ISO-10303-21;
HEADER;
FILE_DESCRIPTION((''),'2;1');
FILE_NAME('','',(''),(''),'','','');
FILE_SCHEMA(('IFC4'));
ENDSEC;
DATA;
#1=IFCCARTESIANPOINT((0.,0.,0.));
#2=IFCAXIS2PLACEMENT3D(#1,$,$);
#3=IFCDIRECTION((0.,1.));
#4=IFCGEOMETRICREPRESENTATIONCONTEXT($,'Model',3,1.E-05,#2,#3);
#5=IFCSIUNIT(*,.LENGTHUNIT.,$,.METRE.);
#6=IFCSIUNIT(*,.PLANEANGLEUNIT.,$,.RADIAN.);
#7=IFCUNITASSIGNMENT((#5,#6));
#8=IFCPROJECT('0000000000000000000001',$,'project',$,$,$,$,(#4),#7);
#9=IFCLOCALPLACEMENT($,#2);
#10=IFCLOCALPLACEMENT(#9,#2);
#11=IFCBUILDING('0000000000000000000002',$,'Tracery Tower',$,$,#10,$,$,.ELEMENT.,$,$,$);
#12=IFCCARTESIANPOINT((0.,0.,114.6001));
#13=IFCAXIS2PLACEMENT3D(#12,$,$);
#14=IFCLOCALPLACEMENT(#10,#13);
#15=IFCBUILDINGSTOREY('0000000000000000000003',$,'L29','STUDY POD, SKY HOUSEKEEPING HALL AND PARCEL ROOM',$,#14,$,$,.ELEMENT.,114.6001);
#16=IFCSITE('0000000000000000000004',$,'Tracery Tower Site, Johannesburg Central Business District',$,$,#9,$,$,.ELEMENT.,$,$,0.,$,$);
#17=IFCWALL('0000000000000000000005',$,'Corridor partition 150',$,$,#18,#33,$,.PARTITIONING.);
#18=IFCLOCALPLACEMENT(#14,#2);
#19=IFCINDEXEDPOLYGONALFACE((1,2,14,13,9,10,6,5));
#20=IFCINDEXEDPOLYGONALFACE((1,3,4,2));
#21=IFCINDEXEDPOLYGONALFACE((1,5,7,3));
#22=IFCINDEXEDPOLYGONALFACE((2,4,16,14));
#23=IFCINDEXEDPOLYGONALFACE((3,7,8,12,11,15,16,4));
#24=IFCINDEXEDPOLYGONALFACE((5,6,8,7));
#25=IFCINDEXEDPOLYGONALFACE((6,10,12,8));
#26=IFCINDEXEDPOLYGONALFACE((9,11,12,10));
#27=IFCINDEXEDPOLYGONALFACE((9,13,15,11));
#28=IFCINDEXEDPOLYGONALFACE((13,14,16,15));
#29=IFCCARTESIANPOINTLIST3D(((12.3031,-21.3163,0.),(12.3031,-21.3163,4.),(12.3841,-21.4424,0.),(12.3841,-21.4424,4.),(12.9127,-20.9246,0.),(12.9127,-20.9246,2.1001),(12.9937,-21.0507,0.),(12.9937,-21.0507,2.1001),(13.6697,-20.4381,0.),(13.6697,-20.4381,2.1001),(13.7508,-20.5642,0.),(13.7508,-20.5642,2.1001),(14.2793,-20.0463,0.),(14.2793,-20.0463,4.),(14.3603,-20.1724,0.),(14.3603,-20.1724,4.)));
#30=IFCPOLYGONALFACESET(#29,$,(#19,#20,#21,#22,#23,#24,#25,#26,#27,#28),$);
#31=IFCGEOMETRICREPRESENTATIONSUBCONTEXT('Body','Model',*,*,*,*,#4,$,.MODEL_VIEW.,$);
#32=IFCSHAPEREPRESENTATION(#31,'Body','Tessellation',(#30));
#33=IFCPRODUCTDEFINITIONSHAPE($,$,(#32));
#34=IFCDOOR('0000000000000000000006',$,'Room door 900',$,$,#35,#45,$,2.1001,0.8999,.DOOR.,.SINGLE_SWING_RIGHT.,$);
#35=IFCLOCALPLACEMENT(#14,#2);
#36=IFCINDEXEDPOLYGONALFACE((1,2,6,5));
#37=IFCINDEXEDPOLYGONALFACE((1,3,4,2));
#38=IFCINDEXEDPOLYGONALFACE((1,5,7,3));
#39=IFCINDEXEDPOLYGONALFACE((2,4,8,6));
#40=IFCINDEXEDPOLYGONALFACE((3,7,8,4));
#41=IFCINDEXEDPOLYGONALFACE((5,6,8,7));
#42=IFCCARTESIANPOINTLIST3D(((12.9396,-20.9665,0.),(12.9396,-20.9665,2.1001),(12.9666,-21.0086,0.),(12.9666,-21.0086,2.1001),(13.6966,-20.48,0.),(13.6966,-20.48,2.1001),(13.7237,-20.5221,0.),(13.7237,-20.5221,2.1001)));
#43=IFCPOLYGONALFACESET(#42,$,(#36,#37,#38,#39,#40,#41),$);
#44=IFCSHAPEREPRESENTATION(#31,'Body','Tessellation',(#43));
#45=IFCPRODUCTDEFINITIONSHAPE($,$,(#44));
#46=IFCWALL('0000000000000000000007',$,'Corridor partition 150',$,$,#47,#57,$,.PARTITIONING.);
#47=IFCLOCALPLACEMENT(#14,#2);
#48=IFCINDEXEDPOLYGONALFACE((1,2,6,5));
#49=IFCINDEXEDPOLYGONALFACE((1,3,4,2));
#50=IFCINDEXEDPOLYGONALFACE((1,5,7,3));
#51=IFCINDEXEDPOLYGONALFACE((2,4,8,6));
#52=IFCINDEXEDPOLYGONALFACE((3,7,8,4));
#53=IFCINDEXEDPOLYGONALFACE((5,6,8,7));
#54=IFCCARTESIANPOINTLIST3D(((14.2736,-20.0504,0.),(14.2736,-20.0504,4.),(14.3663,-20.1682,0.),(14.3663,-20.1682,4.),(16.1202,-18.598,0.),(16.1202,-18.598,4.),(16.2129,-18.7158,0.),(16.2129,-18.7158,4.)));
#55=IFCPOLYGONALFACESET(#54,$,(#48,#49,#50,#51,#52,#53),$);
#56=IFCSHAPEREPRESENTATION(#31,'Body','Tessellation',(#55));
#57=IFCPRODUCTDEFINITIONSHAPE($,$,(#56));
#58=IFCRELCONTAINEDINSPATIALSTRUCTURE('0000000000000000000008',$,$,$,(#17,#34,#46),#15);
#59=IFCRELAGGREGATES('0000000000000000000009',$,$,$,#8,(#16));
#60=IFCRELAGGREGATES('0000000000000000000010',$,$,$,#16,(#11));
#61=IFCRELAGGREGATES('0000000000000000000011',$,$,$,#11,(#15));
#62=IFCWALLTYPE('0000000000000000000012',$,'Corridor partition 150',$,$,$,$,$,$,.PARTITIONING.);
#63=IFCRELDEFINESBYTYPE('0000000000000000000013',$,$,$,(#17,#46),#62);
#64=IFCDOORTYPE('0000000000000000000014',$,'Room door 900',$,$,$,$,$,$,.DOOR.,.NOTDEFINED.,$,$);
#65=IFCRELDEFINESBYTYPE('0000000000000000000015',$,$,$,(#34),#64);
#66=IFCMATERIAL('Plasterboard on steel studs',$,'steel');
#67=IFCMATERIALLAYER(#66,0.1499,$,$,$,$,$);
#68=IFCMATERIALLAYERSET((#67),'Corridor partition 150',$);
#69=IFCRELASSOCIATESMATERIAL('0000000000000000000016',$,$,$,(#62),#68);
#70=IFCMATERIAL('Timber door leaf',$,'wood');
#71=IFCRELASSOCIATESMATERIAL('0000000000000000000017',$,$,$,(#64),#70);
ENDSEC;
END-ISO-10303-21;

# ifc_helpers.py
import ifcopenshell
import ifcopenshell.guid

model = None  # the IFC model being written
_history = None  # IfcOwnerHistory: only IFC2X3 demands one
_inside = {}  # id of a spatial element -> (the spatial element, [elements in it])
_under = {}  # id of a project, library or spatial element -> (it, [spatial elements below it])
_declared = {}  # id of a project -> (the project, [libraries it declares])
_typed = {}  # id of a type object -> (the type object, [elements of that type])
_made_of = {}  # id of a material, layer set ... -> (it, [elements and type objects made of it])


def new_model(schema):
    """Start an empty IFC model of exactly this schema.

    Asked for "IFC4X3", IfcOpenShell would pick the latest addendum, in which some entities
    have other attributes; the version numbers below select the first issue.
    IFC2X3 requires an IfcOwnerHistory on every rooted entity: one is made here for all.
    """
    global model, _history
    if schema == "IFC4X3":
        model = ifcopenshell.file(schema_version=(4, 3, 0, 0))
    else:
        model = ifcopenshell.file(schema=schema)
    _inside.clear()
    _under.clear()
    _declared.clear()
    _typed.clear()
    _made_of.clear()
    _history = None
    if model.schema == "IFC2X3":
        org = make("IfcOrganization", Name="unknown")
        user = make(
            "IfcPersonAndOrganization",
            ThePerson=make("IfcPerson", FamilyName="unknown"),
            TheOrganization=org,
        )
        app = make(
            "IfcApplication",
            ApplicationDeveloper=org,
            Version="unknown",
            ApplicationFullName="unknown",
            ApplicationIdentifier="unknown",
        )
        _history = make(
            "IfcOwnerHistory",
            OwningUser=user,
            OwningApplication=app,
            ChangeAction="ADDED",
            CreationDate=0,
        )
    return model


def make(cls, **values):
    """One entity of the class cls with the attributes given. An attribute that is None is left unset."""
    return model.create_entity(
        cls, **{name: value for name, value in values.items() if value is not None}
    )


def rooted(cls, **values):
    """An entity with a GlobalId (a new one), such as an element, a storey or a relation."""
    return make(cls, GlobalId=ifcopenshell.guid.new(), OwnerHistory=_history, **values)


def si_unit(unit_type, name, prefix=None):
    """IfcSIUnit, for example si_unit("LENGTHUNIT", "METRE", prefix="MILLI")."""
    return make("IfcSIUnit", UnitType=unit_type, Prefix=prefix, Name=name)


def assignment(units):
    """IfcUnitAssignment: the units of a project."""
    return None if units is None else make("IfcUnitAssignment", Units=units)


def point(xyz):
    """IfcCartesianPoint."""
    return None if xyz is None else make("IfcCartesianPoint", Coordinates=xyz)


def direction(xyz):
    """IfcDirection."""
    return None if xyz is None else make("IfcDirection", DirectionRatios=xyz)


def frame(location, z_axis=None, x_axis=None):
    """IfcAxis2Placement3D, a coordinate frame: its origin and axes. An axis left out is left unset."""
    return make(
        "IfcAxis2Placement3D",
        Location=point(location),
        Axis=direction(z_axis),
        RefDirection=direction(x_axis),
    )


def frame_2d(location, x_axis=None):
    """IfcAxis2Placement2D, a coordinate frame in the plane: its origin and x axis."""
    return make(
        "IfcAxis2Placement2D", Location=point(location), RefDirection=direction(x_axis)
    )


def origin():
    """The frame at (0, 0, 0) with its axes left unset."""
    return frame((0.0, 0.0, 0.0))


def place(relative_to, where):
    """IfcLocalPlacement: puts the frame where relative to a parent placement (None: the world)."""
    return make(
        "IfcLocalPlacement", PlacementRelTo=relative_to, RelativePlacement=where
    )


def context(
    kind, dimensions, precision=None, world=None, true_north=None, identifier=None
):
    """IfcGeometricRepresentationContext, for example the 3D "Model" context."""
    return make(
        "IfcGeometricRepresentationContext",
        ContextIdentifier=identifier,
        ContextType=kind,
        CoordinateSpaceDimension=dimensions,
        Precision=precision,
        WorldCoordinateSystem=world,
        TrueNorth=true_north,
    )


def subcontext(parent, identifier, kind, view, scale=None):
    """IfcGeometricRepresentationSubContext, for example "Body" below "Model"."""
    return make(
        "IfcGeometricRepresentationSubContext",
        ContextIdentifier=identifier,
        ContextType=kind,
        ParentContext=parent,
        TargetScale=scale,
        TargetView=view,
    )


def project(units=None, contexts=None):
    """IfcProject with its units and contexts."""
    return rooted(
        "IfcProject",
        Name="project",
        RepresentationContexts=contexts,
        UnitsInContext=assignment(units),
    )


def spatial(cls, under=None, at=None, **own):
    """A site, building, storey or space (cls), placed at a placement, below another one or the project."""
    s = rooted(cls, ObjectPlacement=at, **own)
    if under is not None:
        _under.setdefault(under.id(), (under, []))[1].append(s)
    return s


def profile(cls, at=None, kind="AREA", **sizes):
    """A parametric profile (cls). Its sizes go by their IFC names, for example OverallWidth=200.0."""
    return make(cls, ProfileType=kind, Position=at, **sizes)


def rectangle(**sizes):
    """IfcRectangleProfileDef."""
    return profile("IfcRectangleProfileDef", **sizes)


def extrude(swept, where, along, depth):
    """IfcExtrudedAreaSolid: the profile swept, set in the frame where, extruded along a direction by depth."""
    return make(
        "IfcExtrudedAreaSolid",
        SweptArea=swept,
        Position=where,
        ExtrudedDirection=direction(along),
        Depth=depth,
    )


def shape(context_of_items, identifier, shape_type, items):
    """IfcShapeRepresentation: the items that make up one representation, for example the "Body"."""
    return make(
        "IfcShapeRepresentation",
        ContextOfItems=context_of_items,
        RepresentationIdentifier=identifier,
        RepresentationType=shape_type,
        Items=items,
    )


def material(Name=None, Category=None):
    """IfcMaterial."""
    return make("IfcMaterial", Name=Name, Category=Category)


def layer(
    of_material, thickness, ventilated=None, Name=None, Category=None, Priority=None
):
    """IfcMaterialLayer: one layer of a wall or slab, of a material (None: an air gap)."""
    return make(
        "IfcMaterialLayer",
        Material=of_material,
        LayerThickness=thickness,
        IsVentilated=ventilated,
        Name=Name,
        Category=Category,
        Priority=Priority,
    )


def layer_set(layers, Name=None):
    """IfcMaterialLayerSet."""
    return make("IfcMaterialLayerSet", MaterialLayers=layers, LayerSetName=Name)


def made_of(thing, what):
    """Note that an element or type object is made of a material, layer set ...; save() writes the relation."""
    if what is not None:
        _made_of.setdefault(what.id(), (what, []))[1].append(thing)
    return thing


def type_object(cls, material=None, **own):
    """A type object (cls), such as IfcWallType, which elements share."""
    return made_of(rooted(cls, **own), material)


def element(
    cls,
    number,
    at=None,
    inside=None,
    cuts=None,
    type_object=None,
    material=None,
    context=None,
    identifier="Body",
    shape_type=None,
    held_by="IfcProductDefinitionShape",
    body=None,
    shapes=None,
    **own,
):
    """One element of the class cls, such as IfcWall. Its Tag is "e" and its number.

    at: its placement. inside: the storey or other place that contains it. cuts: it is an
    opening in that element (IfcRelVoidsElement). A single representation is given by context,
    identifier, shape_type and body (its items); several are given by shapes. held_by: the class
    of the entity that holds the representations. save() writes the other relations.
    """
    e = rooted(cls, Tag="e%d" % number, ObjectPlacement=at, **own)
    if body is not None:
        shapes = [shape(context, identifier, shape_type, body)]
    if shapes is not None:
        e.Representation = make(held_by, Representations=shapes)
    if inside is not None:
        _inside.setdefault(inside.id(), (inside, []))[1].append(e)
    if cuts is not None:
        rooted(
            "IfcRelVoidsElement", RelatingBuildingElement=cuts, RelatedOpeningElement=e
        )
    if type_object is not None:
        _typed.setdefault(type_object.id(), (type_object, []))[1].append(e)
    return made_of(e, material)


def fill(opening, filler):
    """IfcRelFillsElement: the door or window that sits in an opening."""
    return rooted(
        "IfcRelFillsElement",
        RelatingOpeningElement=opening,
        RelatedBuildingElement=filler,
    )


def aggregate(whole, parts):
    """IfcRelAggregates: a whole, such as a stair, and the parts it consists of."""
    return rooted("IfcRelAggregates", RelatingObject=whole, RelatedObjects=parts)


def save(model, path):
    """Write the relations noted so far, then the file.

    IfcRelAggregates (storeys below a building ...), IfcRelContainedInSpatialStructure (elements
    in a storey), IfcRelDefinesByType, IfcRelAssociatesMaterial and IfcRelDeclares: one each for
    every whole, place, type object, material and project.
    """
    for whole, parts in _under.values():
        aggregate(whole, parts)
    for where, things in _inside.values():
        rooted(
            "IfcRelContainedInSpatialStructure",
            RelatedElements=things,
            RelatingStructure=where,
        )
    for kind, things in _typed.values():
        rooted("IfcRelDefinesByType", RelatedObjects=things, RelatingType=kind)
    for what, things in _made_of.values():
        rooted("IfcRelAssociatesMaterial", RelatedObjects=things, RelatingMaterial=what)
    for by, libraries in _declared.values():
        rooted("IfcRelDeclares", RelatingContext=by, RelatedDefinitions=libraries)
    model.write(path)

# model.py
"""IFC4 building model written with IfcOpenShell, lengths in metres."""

from ifc_helpers import new_model, si_unit, direction, frame, frame_2d, origin, place, context, subcontext, project, spatial, rectangle, extrude, material, layer, layer_set, type_object, element, fill, save


model = new_model("IFC4")

# Units and contexts
model_context = context("Model", 3, precision=1e-05, world=origin(), true_north=direction((0.0, 1.0)))
body_context = subcontext(model_context, "Body", "Model", "MODEL_VIEW")
ifc_project = project(units=[si_unit("LENGTHUNIT", "METRE"), si_unit("PLANEANGLEUNIT", "RADIAN")], contexts=[model_context])

# Site, building, storey
site_placement = place(None, origin())
site = spatial("IfcSite", under=ifc_project, at=site_placement, Name="Tracery Tower Site, Johannesburg Central Business District", CompositionType="ELEMENT", RefElevation=0.0)
building_placement = place(site_placement, origin())
building = spatial("IfcBuilding", under=site, at=building_placement, Name="Tracery Tower", CompositionType="ELEMENT")
storey_placement = place(building_placement, frame((0.0, 0.0, 114.6001)))
storey = spatial("IfcBuildingStorey", under=building, at=storey_placement, Name="L29", Description="STUDY POD, SKY HOUSEKEEPING HALL AND PARCEL ROOM", CompositionType="ELEMENT", Elevation=114.6001)

# Shared definitions
ifc_material_1 = material(Name="Plasterboard on steel studs", Category="steel")
ifc_layer_1 = layer(ifc_material_1, 0.1499)
ifc_layer_set_1 = layer_set([ifc_layer_1], Name="Corridor partition 150")
wall_type = type_object("IfcWallType", Name="Corridor partition 150", PredefinedType="PARTITIONING", material=ifc_layer_set_1)
ifc_material_2 = material(Name="Timber door leaf", Category="wood")
door_type = type_object("IfcDoorType", Name="Room door 900", OperationType="NOTDEFINED", PredefinedType="DOOR", material=ifc_material_2)

# Wall, opening, door
wall_1_placement = place(storey_placement, frame((14.3198, -20.1094, 0.0), z_axis=(0.0, 0.0, 1.0), x_axis=(-0.84127, -0.540616, 0.0)))
wall_1 = element("IfcWall", 1, at=wall_1_placement, inside=storey, type_object=wall_type, Name="Corridor partition 150", PredefinedType="PARTITIONING", context=body_context, shape_type="SweptSolid", body=[
    extrude(rectangle(XDim=2.3491, YDim=0.1499, at=frame_2d((1.1746, 0.0))), origin(), (0.0, 0.0, 1.0), 4.0),
])
opening_1_placement = place(wall_1_placement, frame((0.7246, 0.0, 0.0)))
opening_1 = element("IfcOpeningElement", 2, at=opening_1_placement, cuts=wall_1, PredefinedType="OPENING", context=body_context, shape_type="SweptSolid", body=[
    extrude(rectangle(XDim=0.8999, YDim=2.1001, at=frame_2d((0.45, 1.05))), frame((0.0, 0.075, 0.0), z_axis=(0.0, -1.0, 0.0), x_axis=(1.0, 0.0, 0.0)), (0.0, 0.0, 1.0), 0.1499),
])
door_1_placement = place(opening_1_placement, origin())
door_1 = element("IfcDoor", 3, at=door_1_placement, inside=storey, type_object=door_type, Name="Room door 900", OperationType="SINGLE_SWING_RIGHT", OverallHeight=2.1001, OverallWidth=0.8999, PredefinedType="DOOR", context=body_context, shape_type="SweptSolid", body=[
    extrude(rectangle(XDim=0.8999, YDim=2.1001, at=frame_2d((0.45, 1.05))), frame((0.0, 0.0249, 0.0), z_axis=(0.0, -1.0, 0.0), x_axis=(1.0, 0.0, 0.0)), (0.0, 0.0, 1.0), 0.05),
])
fill(opening_1, door_1)

# Wall
wall_2_placement = place(storey_placement, frame((14.3198, -20.1094, 0.0), z_axis=(0.0, 0.0, 1.0), x_axis=(0.786023, 0.618198, 0.0)))
element("IfcWall", 4, at=wall_2_placement, inside=storey, type_object=wall_type, Name="Corridor partition 150", PredefinedType="PARTITIONING", context=body_context, shape_type="SweptSolid", body=[
    extrude(rectangle(XDim=2.3494, YDim=0.1499, at=frame_2d((1.1748, 0.0))), origin(), (0.0, 0.0, 1.0), 4.0),
])

save(model, "model.ifc")
